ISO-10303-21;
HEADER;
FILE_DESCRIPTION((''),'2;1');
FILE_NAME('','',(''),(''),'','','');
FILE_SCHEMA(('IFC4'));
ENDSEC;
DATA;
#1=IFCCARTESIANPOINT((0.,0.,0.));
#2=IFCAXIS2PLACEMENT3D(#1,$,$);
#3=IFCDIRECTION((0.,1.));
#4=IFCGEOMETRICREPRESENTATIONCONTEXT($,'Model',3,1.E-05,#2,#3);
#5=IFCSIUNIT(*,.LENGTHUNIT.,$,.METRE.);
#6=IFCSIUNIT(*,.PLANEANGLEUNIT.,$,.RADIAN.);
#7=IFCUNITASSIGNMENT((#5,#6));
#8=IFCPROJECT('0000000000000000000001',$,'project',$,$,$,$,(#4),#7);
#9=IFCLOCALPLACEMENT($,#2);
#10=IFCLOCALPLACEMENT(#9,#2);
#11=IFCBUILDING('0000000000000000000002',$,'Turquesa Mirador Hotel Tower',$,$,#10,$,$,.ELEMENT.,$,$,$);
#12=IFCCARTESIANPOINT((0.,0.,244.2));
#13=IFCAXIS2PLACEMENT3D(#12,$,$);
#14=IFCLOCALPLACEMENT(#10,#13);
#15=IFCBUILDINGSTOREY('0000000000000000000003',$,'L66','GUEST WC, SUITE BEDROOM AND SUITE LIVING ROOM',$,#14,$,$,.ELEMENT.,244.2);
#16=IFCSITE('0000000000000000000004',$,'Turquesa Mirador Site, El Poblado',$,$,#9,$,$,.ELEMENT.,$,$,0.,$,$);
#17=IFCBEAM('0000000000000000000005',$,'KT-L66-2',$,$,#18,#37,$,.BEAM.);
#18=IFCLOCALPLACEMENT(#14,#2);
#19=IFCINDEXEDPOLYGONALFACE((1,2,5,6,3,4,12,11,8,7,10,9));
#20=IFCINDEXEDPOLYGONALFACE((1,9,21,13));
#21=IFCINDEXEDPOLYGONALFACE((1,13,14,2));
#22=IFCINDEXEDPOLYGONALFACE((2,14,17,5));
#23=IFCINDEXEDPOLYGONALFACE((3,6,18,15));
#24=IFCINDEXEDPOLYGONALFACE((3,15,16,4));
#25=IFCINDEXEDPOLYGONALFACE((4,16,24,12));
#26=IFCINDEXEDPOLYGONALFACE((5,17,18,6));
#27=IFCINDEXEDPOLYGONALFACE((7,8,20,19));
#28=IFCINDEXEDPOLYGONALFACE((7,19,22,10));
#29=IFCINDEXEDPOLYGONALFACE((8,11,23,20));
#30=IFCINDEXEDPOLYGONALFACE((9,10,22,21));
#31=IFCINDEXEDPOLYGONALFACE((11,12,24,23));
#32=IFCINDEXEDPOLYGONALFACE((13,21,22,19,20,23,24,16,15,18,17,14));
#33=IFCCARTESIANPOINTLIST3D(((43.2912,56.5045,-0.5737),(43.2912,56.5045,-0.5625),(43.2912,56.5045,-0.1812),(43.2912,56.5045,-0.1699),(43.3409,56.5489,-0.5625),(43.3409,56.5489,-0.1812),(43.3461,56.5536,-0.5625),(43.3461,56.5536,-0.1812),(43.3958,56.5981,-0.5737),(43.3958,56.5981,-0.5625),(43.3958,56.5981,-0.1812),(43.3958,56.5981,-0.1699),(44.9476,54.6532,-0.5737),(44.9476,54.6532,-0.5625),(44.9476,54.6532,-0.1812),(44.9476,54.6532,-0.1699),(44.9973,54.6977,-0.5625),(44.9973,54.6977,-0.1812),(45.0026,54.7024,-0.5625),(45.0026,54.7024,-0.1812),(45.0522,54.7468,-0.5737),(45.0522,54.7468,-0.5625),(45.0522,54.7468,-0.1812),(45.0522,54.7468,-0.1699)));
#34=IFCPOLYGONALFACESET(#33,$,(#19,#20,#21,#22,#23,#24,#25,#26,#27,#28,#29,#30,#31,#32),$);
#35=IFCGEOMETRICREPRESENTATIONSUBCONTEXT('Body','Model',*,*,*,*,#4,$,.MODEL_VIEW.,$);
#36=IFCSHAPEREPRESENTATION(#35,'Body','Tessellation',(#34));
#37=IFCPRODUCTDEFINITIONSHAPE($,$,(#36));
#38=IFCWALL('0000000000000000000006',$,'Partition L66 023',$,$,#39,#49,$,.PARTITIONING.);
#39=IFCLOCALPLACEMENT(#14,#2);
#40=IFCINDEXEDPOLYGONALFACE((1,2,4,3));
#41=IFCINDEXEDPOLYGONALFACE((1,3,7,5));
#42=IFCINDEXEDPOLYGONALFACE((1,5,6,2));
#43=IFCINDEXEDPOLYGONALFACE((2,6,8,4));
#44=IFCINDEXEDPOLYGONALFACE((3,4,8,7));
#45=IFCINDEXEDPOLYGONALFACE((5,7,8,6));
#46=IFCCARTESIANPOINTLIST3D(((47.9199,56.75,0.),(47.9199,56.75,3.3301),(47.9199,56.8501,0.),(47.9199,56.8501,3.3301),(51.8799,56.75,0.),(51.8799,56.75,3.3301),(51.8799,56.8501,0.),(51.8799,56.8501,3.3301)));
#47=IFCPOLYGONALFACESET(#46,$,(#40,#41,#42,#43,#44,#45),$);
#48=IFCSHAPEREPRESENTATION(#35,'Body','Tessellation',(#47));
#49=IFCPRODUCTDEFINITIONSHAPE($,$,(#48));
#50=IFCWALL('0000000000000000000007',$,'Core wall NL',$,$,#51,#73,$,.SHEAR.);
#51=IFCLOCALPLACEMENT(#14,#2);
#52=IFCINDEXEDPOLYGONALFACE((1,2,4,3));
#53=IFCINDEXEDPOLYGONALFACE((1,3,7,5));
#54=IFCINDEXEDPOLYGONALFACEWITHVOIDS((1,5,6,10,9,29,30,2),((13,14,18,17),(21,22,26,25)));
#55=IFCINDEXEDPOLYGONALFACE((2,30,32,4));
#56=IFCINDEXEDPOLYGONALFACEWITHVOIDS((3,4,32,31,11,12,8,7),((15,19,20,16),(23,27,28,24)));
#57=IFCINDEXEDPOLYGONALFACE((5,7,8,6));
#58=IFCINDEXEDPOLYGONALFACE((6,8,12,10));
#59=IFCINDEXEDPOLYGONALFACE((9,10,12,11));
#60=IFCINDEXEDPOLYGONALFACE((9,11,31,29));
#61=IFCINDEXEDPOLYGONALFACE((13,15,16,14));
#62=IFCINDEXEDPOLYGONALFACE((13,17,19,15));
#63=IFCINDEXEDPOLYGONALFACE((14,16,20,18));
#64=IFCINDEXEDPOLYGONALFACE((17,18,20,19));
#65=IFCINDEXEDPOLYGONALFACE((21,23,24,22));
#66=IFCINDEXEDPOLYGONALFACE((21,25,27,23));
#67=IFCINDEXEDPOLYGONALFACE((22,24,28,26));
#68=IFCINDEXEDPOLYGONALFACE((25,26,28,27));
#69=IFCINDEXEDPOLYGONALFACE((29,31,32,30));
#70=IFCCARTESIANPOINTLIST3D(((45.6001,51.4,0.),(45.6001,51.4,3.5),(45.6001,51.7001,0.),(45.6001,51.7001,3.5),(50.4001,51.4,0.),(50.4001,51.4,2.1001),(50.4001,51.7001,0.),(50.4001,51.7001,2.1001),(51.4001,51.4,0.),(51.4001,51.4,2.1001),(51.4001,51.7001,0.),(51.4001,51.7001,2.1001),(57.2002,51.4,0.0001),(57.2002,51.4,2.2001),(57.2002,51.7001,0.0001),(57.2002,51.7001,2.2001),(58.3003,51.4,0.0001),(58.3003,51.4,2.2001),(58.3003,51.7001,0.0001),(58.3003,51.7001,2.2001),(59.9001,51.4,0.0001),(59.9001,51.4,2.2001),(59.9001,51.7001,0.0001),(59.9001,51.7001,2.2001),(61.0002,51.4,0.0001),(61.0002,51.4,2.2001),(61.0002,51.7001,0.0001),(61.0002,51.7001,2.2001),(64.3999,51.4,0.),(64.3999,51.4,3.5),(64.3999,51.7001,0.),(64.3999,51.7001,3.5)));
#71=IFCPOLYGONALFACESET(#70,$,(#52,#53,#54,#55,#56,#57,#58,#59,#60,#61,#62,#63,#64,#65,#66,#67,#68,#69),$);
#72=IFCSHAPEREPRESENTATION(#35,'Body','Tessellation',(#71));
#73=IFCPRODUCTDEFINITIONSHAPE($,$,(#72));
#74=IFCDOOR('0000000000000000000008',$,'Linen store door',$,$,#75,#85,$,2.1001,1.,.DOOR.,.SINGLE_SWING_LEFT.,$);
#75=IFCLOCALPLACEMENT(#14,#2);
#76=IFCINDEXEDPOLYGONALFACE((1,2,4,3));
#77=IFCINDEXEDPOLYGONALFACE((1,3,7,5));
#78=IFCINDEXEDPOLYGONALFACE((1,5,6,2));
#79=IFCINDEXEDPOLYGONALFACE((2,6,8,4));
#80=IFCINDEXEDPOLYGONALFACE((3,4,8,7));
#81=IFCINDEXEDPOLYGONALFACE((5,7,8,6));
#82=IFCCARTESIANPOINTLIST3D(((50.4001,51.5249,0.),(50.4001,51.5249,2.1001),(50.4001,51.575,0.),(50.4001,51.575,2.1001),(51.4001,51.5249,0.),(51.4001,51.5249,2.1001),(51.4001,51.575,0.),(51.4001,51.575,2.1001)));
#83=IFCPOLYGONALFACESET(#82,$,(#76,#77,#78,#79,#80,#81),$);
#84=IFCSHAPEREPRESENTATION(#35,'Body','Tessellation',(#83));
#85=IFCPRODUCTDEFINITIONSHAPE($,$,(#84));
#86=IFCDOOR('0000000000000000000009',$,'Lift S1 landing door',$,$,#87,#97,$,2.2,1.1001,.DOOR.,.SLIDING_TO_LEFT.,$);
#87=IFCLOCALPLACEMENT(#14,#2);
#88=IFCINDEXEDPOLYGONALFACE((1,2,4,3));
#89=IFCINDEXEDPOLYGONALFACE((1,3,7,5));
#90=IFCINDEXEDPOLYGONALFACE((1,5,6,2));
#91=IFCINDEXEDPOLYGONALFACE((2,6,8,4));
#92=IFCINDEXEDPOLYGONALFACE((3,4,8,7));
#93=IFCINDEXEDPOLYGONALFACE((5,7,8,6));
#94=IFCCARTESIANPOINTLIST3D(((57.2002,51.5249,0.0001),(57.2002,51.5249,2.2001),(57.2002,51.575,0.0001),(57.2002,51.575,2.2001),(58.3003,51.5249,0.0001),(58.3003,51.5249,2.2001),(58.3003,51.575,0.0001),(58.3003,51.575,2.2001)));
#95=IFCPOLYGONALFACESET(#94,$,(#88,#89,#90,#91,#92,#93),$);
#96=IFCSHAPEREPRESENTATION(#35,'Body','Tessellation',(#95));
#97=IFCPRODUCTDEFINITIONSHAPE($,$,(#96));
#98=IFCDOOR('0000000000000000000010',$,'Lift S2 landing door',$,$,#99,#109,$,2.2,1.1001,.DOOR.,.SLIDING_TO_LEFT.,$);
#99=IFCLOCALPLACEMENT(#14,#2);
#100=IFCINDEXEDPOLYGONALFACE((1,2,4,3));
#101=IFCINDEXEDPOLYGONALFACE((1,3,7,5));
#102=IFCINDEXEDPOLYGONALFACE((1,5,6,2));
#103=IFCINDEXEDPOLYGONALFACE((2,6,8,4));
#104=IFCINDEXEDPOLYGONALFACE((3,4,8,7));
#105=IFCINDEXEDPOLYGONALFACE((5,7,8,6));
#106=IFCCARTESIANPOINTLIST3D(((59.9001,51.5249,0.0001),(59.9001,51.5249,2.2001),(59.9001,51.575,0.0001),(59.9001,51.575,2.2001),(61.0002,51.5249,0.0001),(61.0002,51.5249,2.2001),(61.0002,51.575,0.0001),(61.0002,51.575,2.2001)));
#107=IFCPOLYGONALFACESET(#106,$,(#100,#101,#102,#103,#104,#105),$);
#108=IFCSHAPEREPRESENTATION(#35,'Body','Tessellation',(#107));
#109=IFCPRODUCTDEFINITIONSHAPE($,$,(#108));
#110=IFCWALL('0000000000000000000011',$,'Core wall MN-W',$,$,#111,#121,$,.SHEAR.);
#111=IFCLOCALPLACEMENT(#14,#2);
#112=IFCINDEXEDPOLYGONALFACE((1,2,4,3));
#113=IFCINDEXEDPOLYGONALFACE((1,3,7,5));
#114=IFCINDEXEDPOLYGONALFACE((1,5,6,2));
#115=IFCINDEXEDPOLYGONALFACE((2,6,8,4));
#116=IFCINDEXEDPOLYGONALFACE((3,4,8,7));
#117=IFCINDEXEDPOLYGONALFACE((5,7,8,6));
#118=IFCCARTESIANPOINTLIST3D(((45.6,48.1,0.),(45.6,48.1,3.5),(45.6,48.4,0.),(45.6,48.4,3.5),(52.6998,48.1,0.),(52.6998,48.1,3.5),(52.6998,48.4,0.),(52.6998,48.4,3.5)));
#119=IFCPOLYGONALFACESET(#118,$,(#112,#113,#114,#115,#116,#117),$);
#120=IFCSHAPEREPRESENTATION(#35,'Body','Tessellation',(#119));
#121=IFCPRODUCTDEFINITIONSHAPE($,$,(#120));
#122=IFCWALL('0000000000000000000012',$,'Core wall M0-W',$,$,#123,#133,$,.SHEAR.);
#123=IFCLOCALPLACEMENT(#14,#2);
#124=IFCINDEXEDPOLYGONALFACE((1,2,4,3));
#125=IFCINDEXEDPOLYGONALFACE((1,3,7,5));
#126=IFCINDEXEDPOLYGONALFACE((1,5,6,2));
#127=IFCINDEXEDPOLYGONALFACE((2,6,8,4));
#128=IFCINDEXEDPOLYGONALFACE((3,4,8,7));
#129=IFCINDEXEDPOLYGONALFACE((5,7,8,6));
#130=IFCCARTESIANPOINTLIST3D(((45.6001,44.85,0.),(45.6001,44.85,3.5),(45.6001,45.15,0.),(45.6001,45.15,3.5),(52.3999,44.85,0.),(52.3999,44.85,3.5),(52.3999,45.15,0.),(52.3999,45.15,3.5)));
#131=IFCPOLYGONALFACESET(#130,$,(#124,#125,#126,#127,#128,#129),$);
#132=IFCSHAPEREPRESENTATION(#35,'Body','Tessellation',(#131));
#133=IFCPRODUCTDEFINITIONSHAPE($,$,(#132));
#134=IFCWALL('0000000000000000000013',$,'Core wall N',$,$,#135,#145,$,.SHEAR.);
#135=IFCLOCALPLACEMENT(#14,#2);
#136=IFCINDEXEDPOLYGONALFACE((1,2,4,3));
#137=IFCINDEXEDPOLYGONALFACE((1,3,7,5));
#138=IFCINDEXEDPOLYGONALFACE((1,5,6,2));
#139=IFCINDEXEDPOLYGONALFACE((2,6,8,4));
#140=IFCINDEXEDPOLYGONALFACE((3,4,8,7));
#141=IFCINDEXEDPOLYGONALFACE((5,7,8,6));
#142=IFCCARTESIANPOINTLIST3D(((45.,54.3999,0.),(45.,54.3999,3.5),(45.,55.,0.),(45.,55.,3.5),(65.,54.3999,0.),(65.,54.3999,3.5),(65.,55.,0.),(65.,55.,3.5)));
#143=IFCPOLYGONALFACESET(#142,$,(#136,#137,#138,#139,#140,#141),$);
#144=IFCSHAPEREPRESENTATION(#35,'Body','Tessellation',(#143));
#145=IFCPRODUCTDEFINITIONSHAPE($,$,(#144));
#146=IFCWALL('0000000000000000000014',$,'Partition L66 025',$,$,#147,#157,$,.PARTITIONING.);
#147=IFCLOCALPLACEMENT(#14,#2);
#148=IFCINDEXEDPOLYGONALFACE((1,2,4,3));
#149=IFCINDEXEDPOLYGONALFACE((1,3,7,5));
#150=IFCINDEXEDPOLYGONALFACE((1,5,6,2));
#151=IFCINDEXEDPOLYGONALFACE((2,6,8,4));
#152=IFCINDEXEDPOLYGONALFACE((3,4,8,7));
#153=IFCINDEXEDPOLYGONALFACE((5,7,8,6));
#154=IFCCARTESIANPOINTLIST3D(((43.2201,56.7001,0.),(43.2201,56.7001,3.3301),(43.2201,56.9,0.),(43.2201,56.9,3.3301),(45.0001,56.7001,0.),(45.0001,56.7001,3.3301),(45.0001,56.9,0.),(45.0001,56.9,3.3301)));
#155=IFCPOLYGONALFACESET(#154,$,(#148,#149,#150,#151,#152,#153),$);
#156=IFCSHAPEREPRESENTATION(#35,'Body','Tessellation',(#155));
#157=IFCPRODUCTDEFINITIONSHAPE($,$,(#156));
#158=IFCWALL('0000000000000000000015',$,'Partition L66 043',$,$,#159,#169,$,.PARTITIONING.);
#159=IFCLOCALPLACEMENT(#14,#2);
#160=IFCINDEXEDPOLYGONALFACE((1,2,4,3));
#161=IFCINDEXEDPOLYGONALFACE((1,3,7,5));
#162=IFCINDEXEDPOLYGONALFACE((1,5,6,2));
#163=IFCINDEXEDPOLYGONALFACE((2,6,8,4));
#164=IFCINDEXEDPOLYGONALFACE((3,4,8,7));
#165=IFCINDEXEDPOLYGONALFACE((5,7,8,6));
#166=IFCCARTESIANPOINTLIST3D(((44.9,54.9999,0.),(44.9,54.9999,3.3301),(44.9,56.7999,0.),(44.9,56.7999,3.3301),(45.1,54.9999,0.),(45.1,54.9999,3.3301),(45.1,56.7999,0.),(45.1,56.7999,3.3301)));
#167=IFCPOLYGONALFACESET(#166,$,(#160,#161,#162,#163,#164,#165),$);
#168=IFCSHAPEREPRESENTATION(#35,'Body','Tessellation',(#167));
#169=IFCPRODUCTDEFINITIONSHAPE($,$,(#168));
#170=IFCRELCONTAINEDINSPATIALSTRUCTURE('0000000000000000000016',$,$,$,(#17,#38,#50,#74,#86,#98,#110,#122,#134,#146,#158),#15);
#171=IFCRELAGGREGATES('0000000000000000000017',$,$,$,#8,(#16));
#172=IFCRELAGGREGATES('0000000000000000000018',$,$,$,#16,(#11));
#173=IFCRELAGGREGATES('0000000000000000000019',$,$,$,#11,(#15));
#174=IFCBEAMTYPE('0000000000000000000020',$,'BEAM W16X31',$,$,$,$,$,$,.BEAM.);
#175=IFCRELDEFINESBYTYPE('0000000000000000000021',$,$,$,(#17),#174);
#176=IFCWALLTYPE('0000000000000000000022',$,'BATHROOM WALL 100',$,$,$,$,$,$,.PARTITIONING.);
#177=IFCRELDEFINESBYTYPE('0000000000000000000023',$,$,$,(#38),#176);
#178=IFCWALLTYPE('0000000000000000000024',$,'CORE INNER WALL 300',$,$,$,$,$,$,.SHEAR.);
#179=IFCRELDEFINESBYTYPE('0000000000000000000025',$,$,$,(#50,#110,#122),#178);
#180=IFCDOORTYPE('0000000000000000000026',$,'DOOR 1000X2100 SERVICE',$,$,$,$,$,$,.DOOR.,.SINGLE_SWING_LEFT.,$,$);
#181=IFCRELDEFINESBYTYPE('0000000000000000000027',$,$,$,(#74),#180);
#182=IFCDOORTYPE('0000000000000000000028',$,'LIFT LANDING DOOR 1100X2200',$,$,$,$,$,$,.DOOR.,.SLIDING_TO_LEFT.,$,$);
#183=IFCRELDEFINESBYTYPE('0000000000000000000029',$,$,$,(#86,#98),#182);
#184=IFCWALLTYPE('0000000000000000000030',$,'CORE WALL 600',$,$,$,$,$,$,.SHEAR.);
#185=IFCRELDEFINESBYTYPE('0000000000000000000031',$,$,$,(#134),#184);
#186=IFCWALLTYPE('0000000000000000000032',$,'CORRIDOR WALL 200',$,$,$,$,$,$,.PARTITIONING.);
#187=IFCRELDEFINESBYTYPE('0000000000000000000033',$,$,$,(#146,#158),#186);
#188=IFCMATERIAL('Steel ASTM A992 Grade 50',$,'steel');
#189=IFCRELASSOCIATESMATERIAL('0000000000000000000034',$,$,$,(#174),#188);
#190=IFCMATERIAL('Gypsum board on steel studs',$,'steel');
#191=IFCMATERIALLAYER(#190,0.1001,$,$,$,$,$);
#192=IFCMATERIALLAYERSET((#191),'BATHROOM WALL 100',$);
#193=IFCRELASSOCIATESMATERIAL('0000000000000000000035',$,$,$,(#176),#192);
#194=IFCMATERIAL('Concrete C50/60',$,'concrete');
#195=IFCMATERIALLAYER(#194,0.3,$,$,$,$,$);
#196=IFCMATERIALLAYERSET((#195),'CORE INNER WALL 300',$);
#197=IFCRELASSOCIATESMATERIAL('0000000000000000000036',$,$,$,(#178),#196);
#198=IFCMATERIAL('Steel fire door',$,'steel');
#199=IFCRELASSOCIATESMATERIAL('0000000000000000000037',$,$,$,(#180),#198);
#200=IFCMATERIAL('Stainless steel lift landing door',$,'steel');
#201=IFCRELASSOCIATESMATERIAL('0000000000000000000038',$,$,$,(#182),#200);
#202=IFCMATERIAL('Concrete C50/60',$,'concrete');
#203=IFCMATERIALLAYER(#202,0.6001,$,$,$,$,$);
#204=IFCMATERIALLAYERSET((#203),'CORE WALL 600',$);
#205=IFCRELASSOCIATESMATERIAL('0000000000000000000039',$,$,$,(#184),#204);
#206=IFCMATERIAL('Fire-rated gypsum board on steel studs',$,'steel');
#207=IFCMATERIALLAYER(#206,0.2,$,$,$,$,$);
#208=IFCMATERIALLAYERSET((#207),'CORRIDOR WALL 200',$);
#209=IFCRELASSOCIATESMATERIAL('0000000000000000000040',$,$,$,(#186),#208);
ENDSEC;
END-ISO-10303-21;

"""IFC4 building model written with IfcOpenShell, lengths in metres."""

from ifc_helpers import new_model, si_unit, direction, frame, frame_2d, origin, origin_2d, place, context, subcontext, project, spatial, rectangle, i_section, extrude, material, layer, layer_set, material_profile, profile_set, type_object, element, fill, save


model = new_model("IFC4")

# Units and contexts
model_context = context("Model", 3, precision=1e-05, world=origin(), true_north=direction((0.0, 1.0)))
body_context = subcontext(model_context, "Body", "Model", "MODEL_VIEW")
ifc_project = project(units=[si_unit("LENGTHUNIT", "METRE"), si_unit("PLANEANGLEUNIT", "RADIAN")], contexts=[model_context])

# Site, building, storey
site_placement = place(None, origin())
site = spatial("IfcSite", under=ifc_project, at=site_placement, Name="Turquesa Mirador Site, El Poblado", CompositionType="ELEMENT", RefElevation=0.0)
building_placement = place(site_placement, origin())
building = spatial("IfcBuilding", under=site, at=building_placement, Name="Turquesa Mirador Hotel Tower", CompositionType="ELEMENT")
storey_placement = place(building_placement, frame((0.0, 0.0, 244.2)))
storey = spatial("IfcBuildingStorey", under=building, at=storey_placement, Name="L66", Description="GUEST WC, SUITE BEDROOM AND SUITE LIVING ROOM", CompositionType="ELEMENT", Elevation=244.2)

# Beam
ifc_material_1 = material(Name="Steel ASTM A992 Grade 50", Category="steel")
ifc_material_profile = material_profile(ifc_material_1, i_section(OverallWidth=0.1404, OverallDepth=0.4038, WebThickness=0.0071, FlangeThickness=0.0112, at=origin_2d()), Name="W16X31")
ifc_profile_set = profile_set([ifc_material_profile], Name="Steel ASTM A992 Grade 50")
beam_type = type_object("IfcBeamType", Name="BEAM W16X31", PredefinedType="BEAM", material=ifc_profile_set)
beam_placement = place(storey_placement, frame((43.3435, 56.5513, -0.3718), z_axis=(0.666806, -0.745231, 0.0), x_axis=(0.745231, 0.666806, 0.0)))
element("IfcBeam", 1, at=beam_placement, inside=storey, type_object=beam_type, Name="KT-L66-2", PredefinedType="BEAM", context=body_context, shape_type="SweptSolid", body=[
    extrude(i_section(OverallWidth=0.1404, OverallDepth=0.4038, WebThickness=0.0071, FlangeThickness=0.0112, at=origin_2d()), origin(), (0.0, 0.0, 1.0), 2.4841),
])

# Wall
ifc_material_2 = material(Name="Gypsum board on steel studs", Category="steel")
ifc_layer_1 = layer(ifc_material_2, 0.1001)
ifc_layer_set_1 = layer_set([ifc_layer_1], Name="BATHROOM WALL 100")
wall_type_1 = type_object("IfcWallType", Name="BATHROOM WALL 100", PredefinedType="PARTITIONING", material=ifc_layer_set_1)
wall_1_placement = place(storey_placement, frame((47.9199, 56.8, 0.0), z_axis=(0.0, 0.0, 1.0), x_axis=(1.0, 0.0, 0.0)))
element("IfcWall", 2, at=wall_1_placement, inside=storey, type_object=wall_type_1, Name="Partition L66 023", PredefinedType="PARTITIONING", context=body_context, shape_type="SweptSolid", body=[
    extrude(rectangle(XDim=3.96, YDim=0.1001, at=frame_2d((1.98, 0.0))), origin(), (0.0, 0.0, 1.0), 3.3301),
])

# Wall, openings, doors
ifc_material_3 = material(Name="Concrete C50/60", Category="concrete")
ifc_layer_2 = layer(ifc_material_3, 0.3)
ifc_layer_set_2 = layer_set([ifc_layer_2], Name="CORE INNER WALL 300")
wall_type_2 = type_object("IfcWallType", Name="CORE INNER WALL 300", PredefinedType="SHEAR", material=ifc_layer_set_2)
wall_2_placement = place(storey_placement, frame((45.6001, 51.55, 0.0), z_axis=(0.0, 0.0, 1.0), x_axis=(1.0, 0.0, 0.0)))
wall_2 = element("IfcWall", 3, at=wall_2_placement, inside=storey, type_object=wall_type_2, Name="Core wall NL", PredefinedType="SHEAR", context=body_context, shape_type="SweptSolid", body=[
    extrude(rectangle(XDim=18.7998, YDim=0.3, at=frame_2d((9.3999, 0.0))), origin(), (0.0, 0.0, 1.0), 3.5),
])
opening_1_placement = place(wall_2_placement, frame((4.8, 0.0, 0.0)))
opening_1 = element("IfcOpeningElement", 4, at=opening_1_placement, cuts=wall_2, PredefinedType="OPENING", context=body_context, shape_type="SweptSolid", body=[
    extrude(rectangle(XDim=1.0, YDim=2.1001, at=frame_2d((0.5, 1.05))), frame((0.0, 0.1599, 0.0), z_axis=(0.0, -1.0, 0.0), x_axis=(1.0, 0.0, 0.0)), (0.0, 0.0, 1.0), 0.3201),
])
opening_2_placement = place(wall_2_placement, frame((11.6001, 0.0, 0.0)))
opening_2 = element("IfcOpeningElement", 5, at=opening_2_placement, cuts=wall_2, PredefinedType="OPENING", context=body_context, shape_type="SweptSolid", body=[
    extrude(rectangle(XDim=1.1001, YDim=2.2, at=frame_2d((0.55, 1.1001))), frame((0.0, 0.1599, 0.0), z_axis=(0.0, -1.0, 0.0), x_axis=(1.0, 0.0, 0.0)), (0.0, 0.0, 1.0), 0.3201),
])
opening_3_placement = place(wall_2_placement, frame((14.3, 0.0, 0.0)))
opening_3 = element("IfcOpeningElement", 6, at=opening_3_placement, cuts=wall_2, PredefinedType="OPENING", context=body_context, shape_type="SweptSolid", body=[
    extrude(rectangle(XDim=1.1001, YDim=2.2, at=frame_2d((0.55, 1.1001))), frame((0.0, 0.1599, 0.0), z_axis=(0.0, -1.0, 0.0), x_axis=(1.0, 0.0, 0.0)), (0.0, 0.0, 1.0), 0.3201),
])
ifc_material_4 = material(Name="Steel fire door", Category="steel")
door_type_1 = type_object("IfcDoorType", Name="DOOR 1000X2100 SERVICE", OperationType="SINGLE_SWING_LEFT", PredefinedType="DOOR", material=ifc_material_4)
door_1_placement = place(opening_1_placement, origin())
door_1 = element("IfcDoor", 7, at=door_1_placement, inside=storey, type_object=door_type_1, Name="Linen store door", OperationType="SINGLE_SWING_LEFT", OverallHeight=2.1001, OverallWidth=1.0, PredefinedType="DOOR", context=body_context, shape_type="SweptSolid", body=[
    extrude(rectangle(XDim=1.0, YDim=2.1001, at=frame_2d((0.5, 1.05))), frame((0.0, 0.0249, 0.0), z_axis=(0.0, -1.0, 0.0), x_axis=(1.0, 0.0, 0.0)), (0.0, 0.0, 1.0), 0.05),
])
fill(opening_1, door_1)
ifc_material_5 = material(Name="Stainless steel lift landing door", Category="steel")
door_type_2 = type_object("IfcDoorType", Name="LIFT LANDING DOOR 1100X2200", OperationType="SLIDING_TO_LEFT", PredefinedType="DOOR", material=ifc_material_5)
door_2_placement = place(opening_2_placement, origin())
door_2 = element("IfcDoor", 8, at=door_2_placement, inside=storey, type_object=door_type_2, Name="Lift S1 landing door", OperationType="SLIDING_TO_LEFT", OverallHeight=2.2, OverallWidth=1.1001, PredefinedType="DOOR", context=body_context, shape_type="SweptSolid", body=[
    extrude(rectangle(XDim=1.1001, YDim=2.2, at=frame_2d((0.55, 1.1001))), frame((0.0, 0.0249, 0.0), z_axis=(0.0, -1.0, 0.0), x_axis=(1.0, 0.0, 0.0)), (0.0, 0.0, 1.0), 0.05),
])
fill(opening_2, door_2)
door_3_placement = place(opening_3_placement, origin())
door_3 = element("IfcDoor", 9, at=door_3_placement, inside=storey, type_object=door_type_2, Name="Lift S2 landing door", OperationType="SLIDING_TO_LEFT", OverallHeight=2.2, OverallWidth=1.1001, PredefinedType="DOOR", context=body_context, shape_type="SweptSolid", body=[
    extrude(rectangle(XDim=1.1001, YDim=2.2, at=frame_2d((0.55, 1.1001))), frame((0.0, 0.0249, 0.0), z_axis=(0.0, -1.0, 0.0), x_axis=(1.0, 0.0, 0.0)), (0.0, 0.0, 1.0), 0.05),
])
fill(opening_3, door_3)

# Walls
wall_3_placement = place(storey_placement, frame((45.6001, 48.25, 0.0), z_axis=(0.0, 0.0, 1.0), x_axis=(1.0, 0.0, 0.0)))
element("IfcWall", 10, at=wall_3_placement, inside=storey, type_object=wall_type_2, Name="Core wall MN-W", PredefinedType="SHEAR", context=body_context, shape_type="SweptSolid", body=[
    extrude(rectangle(XDim=7.0999, YDim=0.3, at=frame_2d((3.5498, 0.0))), origin(), (0.0, 0.0, 1.0), 3.5),
])
wall_4_placement = place(storey_placement, frame((45.6001, 45.0, 0.0), z_axis=(0.0, 0.0, 1.0), x_axis=(1.0, 0.0, 0.0)))
element("IfcWall", 11, at=wall_4_placement, inside=storey, type_object=wall_type_2, Name="Core wall M0-W", PredefinedType="SHEAR", context=body_context, shape_type="SweptSolid", body=[
    extrude(rectangle(XDim=6.7998, YDim=0.3, at=frame_2d((3.3999, 0.0))), origin(), (0.0, 0.0, 1.0), 3.5),
])
ifc_material_6 = material(Name="Concrete C50/60", Category="concrete")
ifc_layer_3 = layer(ifc_material_6, 0.6001)
ifc_layer_set_3 = layer_set([ifc_layer_3], Name="CORE WALL 600")
wall_type_3 = type_object("IfcWallType", Name="CORE WALL 600", PredefinedType="SHEAR", material=ifc_layer_set_3)
wall_5_placement = place(storey_placement, frame((45.0, 54.7, 0.0), z_axis=(0.0, 0.0, 1.0), x_axis=(1.0, 0.0, 0.0)))
element("IfcWall", 12, at=wall_5_placement, inside=storey, type_object=wall_type_3, Name="Core wall N", PredefinedType="SHEAR", context=body_context, shape_type="SweptSolid", body=[
    extrude(rectangle(XDim=20.0, YDim=0.6001, at=frame_2d((10.0, 0.0))), origin(), (0.0, 0.0, 1.0), 3.5),
])
ifc_material_7 = material(Name="Fire-rated gypsum board on steel studs", Category="steel")
ifc_layer_4 = layer(ifc_material_7, 0.2)
ifc_layer_set_4 = layer_set([ifc_layer_4], Name="CORRIDOR WALL 200")
wall_type_4 = type_object("IfcWallType", Name="CORRIDOR WALL 200", PredefinedType="PARTITIONING", material=ifc_layer_set_4)
wall_6_placement = place(storey_placement, frame((43.22, 56.8, 0.0), z_axis=(0.0, 0.0, 1.0), x_axis=(1.0, 0.0, 0.0)))
element("IfcWall", 13, at=wall_6_placement, inside=storey, type_object=wall_type_4, Name="Partition L66 025", PredefinedType="PARTITIONING", context=body_context, shape_type="SweptSolid", body=[
    extrude(rectangle(XDim=1.78, YDim=0.2, at=frame_2d((0.8901, 0.0))), origin(), (0.0, 0.0, 1.0), 3.3301),
])
wall_7_placement = place(storey_placement, frame((45.0, 55.0, 0.0), z_axis=(0.0, 0.0, 1.0), x_axis=(0.0, 1.0, 0.0)))
element("IfcWall", 14, at=wall_7_placement, inside=storey, type_object=wall_type_4, Name="Partition L66 043", PredefinedType="PARTITIONING", context=body_context, shape_type="SweptSolid", body=[
    extrude(rectangle(XDim=1.8, YDim=0.2, at=frame_2d((0.8999, 0.0))), origin(), (0.0, 0.0, 1.0), 3.3301),
])

save(model, "model.ifc")
